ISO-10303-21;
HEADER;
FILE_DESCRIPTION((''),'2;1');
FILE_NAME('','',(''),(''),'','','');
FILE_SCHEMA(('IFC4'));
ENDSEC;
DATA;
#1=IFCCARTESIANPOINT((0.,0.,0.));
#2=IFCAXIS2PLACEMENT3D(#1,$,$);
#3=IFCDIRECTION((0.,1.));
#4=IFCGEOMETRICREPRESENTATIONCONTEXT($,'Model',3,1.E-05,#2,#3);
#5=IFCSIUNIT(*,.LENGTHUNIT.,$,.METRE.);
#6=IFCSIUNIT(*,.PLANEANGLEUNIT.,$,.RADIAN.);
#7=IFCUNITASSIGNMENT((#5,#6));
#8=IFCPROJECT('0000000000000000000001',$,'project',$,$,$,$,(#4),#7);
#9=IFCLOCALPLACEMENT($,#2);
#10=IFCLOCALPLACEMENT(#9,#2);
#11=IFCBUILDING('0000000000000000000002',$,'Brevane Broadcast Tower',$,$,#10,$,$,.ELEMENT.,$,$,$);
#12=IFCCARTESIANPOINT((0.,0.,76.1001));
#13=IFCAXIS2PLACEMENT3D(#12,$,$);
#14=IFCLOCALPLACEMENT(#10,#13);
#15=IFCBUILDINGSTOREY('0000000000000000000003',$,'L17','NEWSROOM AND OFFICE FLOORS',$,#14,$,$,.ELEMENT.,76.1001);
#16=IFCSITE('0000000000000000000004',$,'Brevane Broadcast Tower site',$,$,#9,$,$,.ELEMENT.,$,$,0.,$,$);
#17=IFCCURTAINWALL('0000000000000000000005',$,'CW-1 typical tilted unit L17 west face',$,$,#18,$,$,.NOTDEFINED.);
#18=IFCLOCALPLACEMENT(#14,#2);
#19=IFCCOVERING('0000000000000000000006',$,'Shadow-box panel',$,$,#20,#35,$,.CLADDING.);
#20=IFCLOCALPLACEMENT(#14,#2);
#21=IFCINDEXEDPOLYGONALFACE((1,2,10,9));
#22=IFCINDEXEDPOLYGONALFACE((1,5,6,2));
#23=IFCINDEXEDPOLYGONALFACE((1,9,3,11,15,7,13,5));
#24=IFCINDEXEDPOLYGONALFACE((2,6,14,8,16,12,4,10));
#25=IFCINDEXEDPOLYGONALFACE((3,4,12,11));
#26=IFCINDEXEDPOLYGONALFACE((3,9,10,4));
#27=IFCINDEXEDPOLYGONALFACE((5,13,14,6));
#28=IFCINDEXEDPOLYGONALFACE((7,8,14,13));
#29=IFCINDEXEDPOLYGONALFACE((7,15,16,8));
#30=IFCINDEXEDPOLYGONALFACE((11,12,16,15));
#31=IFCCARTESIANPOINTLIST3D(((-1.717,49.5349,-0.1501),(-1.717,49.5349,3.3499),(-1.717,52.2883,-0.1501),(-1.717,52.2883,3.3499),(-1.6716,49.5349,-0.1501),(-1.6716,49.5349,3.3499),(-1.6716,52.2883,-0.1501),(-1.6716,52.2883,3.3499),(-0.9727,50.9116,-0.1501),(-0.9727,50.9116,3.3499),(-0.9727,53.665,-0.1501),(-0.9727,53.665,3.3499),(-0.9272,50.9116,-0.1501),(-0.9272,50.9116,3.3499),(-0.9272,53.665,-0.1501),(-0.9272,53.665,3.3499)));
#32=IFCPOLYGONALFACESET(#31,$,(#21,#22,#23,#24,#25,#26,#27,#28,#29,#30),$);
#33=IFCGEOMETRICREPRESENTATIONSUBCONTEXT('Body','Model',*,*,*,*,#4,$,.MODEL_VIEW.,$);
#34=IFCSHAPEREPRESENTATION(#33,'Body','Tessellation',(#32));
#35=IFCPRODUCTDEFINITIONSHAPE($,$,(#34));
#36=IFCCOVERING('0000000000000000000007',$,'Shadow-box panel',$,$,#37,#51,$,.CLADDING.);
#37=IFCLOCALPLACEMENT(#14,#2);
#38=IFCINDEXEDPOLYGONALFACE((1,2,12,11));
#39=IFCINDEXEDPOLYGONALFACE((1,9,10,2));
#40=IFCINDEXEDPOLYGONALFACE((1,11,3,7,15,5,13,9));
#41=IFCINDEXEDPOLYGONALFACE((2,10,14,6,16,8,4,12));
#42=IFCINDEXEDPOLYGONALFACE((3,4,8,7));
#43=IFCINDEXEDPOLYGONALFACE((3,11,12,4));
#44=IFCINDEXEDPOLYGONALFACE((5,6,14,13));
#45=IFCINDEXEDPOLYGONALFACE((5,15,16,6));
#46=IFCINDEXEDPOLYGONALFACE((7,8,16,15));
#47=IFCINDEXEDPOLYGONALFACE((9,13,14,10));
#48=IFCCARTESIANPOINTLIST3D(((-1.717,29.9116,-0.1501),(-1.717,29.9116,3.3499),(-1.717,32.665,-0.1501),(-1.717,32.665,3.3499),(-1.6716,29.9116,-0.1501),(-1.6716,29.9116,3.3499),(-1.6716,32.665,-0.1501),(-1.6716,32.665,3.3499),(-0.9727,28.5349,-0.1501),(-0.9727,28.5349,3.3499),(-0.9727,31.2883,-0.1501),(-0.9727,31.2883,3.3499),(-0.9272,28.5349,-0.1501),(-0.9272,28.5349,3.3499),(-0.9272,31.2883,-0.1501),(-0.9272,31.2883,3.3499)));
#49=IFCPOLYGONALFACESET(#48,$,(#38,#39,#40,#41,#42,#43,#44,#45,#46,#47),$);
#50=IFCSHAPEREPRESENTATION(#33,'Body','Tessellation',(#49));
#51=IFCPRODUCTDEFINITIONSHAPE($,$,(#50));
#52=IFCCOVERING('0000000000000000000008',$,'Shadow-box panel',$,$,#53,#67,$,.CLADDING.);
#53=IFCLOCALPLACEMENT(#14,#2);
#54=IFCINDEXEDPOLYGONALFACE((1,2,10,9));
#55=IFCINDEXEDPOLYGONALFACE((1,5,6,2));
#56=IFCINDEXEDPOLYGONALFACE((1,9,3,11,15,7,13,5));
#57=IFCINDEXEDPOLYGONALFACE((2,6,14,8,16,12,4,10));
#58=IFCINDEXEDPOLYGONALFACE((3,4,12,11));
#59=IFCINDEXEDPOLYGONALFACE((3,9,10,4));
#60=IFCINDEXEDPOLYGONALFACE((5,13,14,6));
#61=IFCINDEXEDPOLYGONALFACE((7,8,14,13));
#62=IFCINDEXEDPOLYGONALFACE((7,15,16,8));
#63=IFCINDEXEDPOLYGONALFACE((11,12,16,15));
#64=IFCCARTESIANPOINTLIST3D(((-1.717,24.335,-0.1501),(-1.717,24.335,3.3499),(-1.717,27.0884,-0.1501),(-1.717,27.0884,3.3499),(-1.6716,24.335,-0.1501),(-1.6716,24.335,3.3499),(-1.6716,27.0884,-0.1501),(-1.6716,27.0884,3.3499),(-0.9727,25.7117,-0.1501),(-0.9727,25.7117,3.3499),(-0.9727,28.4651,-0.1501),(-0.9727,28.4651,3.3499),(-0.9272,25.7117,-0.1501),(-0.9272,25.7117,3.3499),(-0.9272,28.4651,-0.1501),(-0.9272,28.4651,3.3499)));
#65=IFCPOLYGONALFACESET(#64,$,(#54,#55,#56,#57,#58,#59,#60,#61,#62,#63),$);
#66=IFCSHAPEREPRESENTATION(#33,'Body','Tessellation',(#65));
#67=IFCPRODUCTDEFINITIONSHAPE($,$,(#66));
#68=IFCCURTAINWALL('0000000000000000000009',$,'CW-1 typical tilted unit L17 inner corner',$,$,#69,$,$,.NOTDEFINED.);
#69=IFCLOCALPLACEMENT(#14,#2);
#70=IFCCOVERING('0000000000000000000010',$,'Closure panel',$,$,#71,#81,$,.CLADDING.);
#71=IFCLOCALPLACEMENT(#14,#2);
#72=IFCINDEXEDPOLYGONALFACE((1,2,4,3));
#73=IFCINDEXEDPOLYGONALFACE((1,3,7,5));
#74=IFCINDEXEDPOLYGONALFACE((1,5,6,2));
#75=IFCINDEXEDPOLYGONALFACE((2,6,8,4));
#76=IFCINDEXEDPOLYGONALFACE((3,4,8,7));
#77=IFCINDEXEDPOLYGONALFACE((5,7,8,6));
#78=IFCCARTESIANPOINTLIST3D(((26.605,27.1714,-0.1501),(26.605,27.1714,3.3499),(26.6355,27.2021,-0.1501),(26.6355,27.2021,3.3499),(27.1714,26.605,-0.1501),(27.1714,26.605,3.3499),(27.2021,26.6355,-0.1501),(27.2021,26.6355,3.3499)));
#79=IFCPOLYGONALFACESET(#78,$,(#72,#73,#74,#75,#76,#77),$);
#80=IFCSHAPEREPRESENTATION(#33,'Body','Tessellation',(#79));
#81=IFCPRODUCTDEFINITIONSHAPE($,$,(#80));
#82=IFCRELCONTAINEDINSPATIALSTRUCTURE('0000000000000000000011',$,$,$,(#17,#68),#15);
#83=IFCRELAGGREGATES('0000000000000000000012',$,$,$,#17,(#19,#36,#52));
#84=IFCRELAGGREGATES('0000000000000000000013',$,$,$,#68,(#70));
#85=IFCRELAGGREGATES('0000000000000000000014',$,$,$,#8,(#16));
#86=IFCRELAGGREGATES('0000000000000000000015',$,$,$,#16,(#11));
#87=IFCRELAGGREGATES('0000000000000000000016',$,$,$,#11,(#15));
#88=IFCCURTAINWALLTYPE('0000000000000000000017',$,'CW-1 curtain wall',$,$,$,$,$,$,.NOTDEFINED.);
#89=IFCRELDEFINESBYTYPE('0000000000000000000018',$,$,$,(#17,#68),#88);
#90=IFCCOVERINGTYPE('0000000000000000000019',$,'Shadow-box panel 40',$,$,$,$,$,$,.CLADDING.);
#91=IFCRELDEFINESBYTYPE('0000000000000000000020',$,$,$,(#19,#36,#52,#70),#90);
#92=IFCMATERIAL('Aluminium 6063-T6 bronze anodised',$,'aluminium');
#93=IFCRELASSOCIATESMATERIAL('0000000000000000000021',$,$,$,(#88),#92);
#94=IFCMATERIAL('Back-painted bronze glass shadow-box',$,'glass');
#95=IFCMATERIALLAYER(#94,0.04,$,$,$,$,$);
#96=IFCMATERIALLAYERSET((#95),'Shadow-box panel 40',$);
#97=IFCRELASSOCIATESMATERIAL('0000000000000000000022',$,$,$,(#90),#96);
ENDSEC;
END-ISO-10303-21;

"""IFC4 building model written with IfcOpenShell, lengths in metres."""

from ifc_helpers import new_model, si_unit, direction, frame, origin, place, context, subcontext, project, spatial, polyline, outline, extrude, material, layer, layer_set, type_object, element, aggregate, save


model = new_model("IFC4")

# Units and contexts
model_context = context("Model", 3, precision=1e-05, world=origin(), true_north=direction((0.0, 1.0)))
body_context = subcontext(model_context, "Body", "Model", "MODEL_VIEW")
ifc_project = project(units=[si_unit("LENGTHUNIT", "METRE"), si_unit("PLANEANGLEUNIT", "RADIAN")], contexts=[model_context])

# Site, building, storey
site_placement = place(None, origin())
site = spatial("IfcSite", under=ifc_project, at=site_placement, Name="Brevane Broadcast Tower site", CompositionType="ELEMENT", RefElevation=0.0)
building_placement = place(site_placement, origin())
building = spatial("IfcBuilding", under=site, at=building_placement, Name="Brevane Broadcast Tower", CompositionType="ELEMENT")
storey_placement = place(building_placement, frame((0.0, 0.0, 76.1001)))
storey = spatial("IfcBuildingStorey", under=building, at=storey_placement, Name="L17", Description="NEWSROOM AND OFFICE FLOORS", CompositionType="ELEMENT", Elevation=76.1001)

# Shared definitions
ifc_material_1 = material(Name="Aluminium 6063-T6 bronze anodised", Category="aluminium")
curtain_wall_type = type_object("IfcCurtainWallType", Name="CW-1 curtain wall", PredefinedType="NOTDEFINED", material=ifc_material_1)

# Curtain wall
curtain_wall_1_placement = place(storey_placement, origin())
curtain_wall_1 = element("IfcCurtainWall", 1, at=curtain_wall_1_placement, inside=storey, type_object=curtain_wall_type, Name="CW-1 typical tilted unit L17 west face", PredefinedType="NOTDEFINED")

# Coverings
ifc_material_2 = material(Name="Back-painted bronze glass shadow-box", Category="glass")
ifc_layer_1 = layer(ifc_material_2, 0.04)
ifc_layer_set_1 = layer_set([ifc_layer_1], Name="Shadow-box panel 40")
covering_type = type_object("IfcCoveringType", Name="Shadow-box panel 40", PredefinedType="CLADDING", material=ifc_layer_set_1)
covering_1_placement = place(storey_placement, frame((0.0, 0.0, -0.1501)))
covering_1 = element("IfcCovering", 2, at=covering_1_placement, type_object=covering_type, Name="Shadow-box panel", PredefinedType="CLADDING", context=body_context, shape_type="SweptSolid", body=[
    extrude(outline(polyline([(-0.9272, 53.665), (-0.9727, 53.665), (-1.717, 52.2883), (-0.9727, 50.9116), (-1.717, 49.5349), (-1.6716, 49.5349), (-0.9272, 50.9116), (-1.6716, 52.2883), (-0.9272, 53.665)])), origin(), (0.0, 0.0, 1.0), 3.5),
])
covering_2_placement = place(storey_placement, frame((0.0, 0.0, -0.1501)))
covering_2 = element("IfcCovering", 3, at=covering_2_placement, type_object=covering_type, Name="Shadow-box panel", PredefinedType="CLADDING", context=body_context, shape_type="SweptSolid", body=[
    extrude(outline(polyline([(-1.6716, 32.665), (-1.717, 32.665), (-0.9727, 31.2883), (-1.717, 29.9116), (-0.9727, 28.5349), (-0.9272, 28.5349), (-1.6716, 29.9116), (-0.9272, 31.2883), (-1.6716, 32.665)])), origin(), (0.0, 0.0, 1.0), 3.5),
])
covering_3_placement = place(storey_placement, frame((0.0, 0.0, -0.1501)))
covering_3 = element("IfcCovering", 4, at=covering_3_placement, type_object=covering_type, Name="Shadow-box panel", PredefinedType="CLADDING", context=body_context, shape_type="SweptSolid", body=[
    extrude(outline(polyline([(-0.9272, 28.4651), (-0.9727, 28.4651), (-1.717, 27.0884), (-0.9727, 25.7117), (-1.717, 24.335), (-1.6716, 24.335), (-0.9272, 25.7117), (-1.6716, 27.0884), (-0.9272, 28.4651)])), origin(), (0.0, 0.0, 1.0), 3.5),
])
aggregate(curtain_wall_1, [covering_1, covering_2, covering_3])

# Curtain wall, covering
curtain_wall_2_placement = place(storey_placement, origin())
curtain_wall_2 = element("IfcCurtainWall", 5, at=curtain_wall_2_placement, inside=storey, type_object=curtain_wall_type, Name="CW-1 typical tilted unit L17 inner corner", PredefinedType="NOTDEFINED")
covering_4_placement = place(storey_placement, frame((0.0, 0.0, -0.1501)))
covering_4 = element("IfcCovering", 6, at=covering_4_placement, type_object=covering_type, Name="Closure panel", PredefinedType="CLADDING", context=body_context, shape_type="SweptSolid", body=[
    extrude(outline(polyline([(27.1714, 26.605), (27.2021, 26.6355), (26.6355, 27.2021), (26.605, 27.1714), (27.1714, 26.605)])), origin(), (0.0, 0.0, 1.0), 3.5),
])
aggregate(curtain_wall_2, [covering_4])

save(model, "model.ifc")
